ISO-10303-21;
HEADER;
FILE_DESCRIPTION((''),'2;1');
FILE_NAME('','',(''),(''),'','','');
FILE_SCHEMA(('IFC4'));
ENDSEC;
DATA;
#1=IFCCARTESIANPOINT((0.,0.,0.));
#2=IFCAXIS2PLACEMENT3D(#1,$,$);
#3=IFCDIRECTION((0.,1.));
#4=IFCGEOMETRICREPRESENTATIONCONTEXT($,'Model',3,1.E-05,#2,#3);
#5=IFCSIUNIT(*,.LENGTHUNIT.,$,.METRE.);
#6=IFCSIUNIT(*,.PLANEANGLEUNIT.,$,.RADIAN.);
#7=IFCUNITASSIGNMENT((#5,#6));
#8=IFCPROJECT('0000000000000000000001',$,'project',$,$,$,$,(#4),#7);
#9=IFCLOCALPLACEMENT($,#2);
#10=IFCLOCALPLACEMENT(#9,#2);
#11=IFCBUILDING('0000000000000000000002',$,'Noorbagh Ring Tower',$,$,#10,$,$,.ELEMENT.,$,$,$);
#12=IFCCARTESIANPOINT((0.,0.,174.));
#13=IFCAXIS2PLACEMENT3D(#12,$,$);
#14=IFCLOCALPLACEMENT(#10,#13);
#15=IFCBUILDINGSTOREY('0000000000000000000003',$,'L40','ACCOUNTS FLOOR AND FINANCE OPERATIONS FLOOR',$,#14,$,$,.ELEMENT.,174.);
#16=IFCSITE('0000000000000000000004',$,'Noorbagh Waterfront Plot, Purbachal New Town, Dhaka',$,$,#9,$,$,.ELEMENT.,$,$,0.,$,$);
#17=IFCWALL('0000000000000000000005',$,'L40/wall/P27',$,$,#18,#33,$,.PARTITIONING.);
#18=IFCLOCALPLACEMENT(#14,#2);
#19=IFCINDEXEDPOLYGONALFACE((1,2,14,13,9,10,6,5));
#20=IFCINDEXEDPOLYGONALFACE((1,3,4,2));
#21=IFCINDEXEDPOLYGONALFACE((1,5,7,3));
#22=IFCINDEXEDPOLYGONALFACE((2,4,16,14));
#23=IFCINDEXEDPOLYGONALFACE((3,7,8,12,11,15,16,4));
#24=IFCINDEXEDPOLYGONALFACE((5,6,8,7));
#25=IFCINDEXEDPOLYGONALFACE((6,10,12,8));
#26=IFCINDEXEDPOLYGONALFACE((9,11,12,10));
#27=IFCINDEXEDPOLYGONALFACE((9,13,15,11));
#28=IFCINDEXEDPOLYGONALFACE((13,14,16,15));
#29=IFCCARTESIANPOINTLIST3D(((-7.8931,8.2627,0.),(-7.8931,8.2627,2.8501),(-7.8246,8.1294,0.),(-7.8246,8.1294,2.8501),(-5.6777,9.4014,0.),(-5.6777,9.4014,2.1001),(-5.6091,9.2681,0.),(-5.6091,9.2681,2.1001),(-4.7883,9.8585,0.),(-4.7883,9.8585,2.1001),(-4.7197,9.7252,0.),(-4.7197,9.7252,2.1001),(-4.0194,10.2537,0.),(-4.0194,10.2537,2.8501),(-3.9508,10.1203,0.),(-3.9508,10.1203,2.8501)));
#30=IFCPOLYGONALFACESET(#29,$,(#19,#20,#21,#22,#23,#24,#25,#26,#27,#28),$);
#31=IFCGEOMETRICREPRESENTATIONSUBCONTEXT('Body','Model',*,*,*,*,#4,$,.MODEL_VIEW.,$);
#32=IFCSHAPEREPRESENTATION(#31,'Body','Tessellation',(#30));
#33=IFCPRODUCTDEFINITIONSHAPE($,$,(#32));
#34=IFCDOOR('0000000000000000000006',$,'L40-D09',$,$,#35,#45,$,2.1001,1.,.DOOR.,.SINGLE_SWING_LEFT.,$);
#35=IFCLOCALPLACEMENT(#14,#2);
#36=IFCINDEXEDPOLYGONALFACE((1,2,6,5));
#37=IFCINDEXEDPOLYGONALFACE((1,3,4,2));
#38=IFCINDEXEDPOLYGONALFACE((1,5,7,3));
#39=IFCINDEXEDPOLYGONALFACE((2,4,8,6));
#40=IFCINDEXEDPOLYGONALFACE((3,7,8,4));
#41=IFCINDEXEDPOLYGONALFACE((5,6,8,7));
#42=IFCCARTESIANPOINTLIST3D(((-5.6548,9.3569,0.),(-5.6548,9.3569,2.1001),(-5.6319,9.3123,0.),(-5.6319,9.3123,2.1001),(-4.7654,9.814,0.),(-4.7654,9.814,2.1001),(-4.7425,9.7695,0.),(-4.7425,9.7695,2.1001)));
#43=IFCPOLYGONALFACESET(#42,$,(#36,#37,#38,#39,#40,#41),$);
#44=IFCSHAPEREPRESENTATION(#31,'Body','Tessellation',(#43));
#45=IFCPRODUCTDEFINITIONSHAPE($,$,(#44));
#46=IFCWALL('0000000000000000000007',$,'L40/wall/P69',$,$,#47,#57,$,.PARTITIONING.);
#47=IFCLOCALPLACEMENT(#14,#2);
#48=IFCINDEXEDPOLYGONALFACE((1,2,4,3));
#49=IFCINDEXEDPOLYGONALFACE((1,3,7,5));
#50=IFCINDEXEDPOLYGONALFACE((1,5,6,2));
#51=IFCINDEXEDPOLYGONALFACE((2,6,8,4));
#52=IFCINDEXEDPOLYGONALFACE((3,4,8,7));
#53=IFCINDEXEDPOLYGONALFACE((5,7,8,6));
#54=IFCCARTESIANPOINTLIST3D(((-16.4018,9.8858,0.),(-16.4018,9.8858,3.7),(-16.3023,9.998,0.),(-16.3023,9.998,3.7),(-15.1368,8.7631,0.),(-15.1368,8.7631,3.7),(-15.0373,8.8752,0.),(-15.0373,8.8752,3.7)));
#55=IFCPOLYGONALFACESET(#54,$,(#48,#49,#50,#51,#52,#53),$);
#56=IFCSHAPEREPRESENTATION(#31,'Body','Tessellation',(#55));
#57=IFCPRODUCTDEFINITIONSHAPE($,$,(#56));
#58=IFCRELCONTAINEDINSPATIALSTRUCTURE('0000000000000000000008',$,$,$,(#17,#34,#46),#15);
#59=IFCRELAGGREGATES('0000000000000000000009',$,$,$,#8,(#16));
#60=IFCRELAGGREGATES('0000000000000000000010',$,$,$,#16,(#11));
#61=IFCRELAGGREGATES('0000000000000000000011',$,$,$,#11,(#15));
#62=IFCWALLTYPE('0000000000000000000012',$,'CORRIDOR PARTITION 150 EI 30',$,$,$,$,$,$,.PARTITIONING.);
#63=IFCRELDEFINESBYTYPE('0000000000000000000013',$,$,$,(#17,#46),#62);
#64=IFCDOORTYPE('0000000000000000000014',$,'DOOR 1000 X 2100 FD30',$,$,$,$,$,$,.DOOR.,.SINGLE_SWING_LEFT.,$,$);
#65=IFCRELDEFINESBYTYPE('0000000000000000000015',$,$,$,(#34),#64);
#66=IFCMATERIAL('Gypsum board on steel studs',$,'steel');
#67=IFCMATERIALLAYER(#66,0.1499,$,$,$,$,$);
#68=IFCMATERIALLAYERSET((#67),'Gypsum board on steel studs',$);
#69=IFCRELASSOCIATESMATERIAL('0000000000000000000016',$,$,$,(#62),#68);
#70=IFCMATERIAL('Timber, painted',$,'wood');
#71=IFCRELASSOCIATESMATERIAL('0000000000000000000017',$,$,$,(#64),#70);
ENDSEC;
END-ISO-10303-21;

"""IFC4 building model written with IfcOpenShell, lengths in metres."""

from ifc_helpers import new_model, si_unit, direction, frame, frame_2d, origin, place, context, subcontext, project, spatial, rectangle, extrude, material, layer, layer_set, type_object, element, fill, save


model = new_model("IFC4")

# Units and contexts
model_context = context("Model", 3, precision=1e-05, world=origin(), true_north=direction((0.0, 1.0)))
body_context = subcontext(model_context, "Body", "Model", "MODEL_VIEW")
ifc_project = project(units=[si_unit("LENGTHUNIT", "METRE"), si_unit("PLANEANGLEUNIT", "RADIAN")], contexts=[model_context])

# Site, building, storey
site_placement = place(None, origin())
site = spatial("IfcSite", under=ifc_project, at=site_placement, Name="Noorbagh Waterfront Plot, Purbachal New Town, Dhaka", CompositionType="ELEMENT", RefElevation=0.0)
building_placement = place(site_placement, origin())
building = spatial("IfcBuilding", under=site, at=building_placement, Name="Noorbagh Ring Tower", CompositionType="ELEMENT")
storey_placement = place(building_placement, frame((0.0, 0.0, 174.0)))
storey = spatial("IfcBuildingStorey", under=building, at=storey_placement, Name="L40", Description="ACCOUNTS FLOOR AND FINANCE OPERATIONS FLOOR", CompositionType="ELEMENT", Elevation=174.0)

# Shared definitions
ifc_material_1 = material(Name="Gypsum board on steel studs", Category="steel")
ifc_layer_1 = layer(ifc_material_1, 0.1499)
ifc_layer_set_1 = layer_set([ifc_layer_1], Name="Gypsum board on steel studs")
wall_type_1 = type_object("IfcWallType", Name="CORRIDOR PARTITION 150 EI 30", PredefinedType="PARTITIONING", material=ifc_layer_set_1)

# Shared definitions
ifc_material_2 = material(Name="Timber, painted", Category="wood")
door_type_1 = type_object("IfcDoorType", Name="DOOR 1000 X 2100 FD30", OperationType="SINGLE_SWING_LEFT", PredefinedType="DOOR", material=ifc_material_2)

# Wall, opening, door
wall_1_placement = place(storey_placement, frame((-7.8589, 8.196, 0.0), z_axis=(0.0, 0.0, 1.0), x_axis=(0.889406, 0.457119, 0.0)))
wall_1 = element("IfcWall", 1, at=wall_1_placement, inside=storey, type_object=wall_type_1, Name="L40/wall/P27", PredefinedType="PARTITIONING", context=body_context, shape_type="SweptSolid", body=[
    extrude(rectangle(XDim=4.3555, YDim=0.1499, at=frame_2d((2.1777, 0.0))), origin(), (0.0, 0.0, 1.0), 2.8501),
])
opening_1_placement = place(wall_1_placement, frame((2.491, 0.0, 0.0)))
opening_1 = element("IfcOpeningElement", 2, at=opening_1_placement, cuts=wall_1, PredefinedType="OPENING", context=body_context, shape_type="SweptSolid", body=[
    extrude(rectangle(XDim=1.0, YDim=2.1001, at=frame_2d((0.5, 1.05))), frame((0.0, 0.085, 0.0), z_axis=(0.0, -1.0, 0.0), x_axis=(1.0, 0.0, 0.0)), (0.0, 0.0, 1.0), 0.1699),
])
door_1_placement = place(opening_1_placement, origin())
door_1 = element("IfcDoor", 3, at=door_1_placement, inside=storey, type_object=door_type_1, Name="L40-D09", OperationType="SINGLE_SWING_LEFT", OverallHeight=2.1001, OverallWidth=1.0, PredefinedType="DOOR", context=body_context, shape_type="SweptSolid", body=[
    extrude(rectangle(XDim=1.0, YDim=2.1001, at=frame_2d((0.5, 1.05))), frame((0.0, 0.0249, 0.0), z_axis=(0.0, -1.0, 0.0), x_axis=(1.0, 0.0, 0.0)), (0.0, 0.0, 1.0), 0.05),
])
fill(opening_1, door_1)

# Wall
wall_2_placement = place(storey_placement, frame((-16.3521, 9.9419, 0.0), z_axis=(0.0, 0.0, 1.0), x_axis=(0.747927, -0.663781, 0.0)))
element("IfcWall", 4, at=wall_2_placement, inside=storey, type_object=wall_type_1, Name="L40/wall/P69", PredefinedType="PARTITIONING", context=body_context, shape_type="SweptSolid", body=[
    extrude(rectangle(XDim=1.6914, YDim=0.1499, at=frame_2d((0.8457, 0.0))), origin(), (0.0, 0.0, 1.0), 3.7),
])

save(model, "model.ifc")
